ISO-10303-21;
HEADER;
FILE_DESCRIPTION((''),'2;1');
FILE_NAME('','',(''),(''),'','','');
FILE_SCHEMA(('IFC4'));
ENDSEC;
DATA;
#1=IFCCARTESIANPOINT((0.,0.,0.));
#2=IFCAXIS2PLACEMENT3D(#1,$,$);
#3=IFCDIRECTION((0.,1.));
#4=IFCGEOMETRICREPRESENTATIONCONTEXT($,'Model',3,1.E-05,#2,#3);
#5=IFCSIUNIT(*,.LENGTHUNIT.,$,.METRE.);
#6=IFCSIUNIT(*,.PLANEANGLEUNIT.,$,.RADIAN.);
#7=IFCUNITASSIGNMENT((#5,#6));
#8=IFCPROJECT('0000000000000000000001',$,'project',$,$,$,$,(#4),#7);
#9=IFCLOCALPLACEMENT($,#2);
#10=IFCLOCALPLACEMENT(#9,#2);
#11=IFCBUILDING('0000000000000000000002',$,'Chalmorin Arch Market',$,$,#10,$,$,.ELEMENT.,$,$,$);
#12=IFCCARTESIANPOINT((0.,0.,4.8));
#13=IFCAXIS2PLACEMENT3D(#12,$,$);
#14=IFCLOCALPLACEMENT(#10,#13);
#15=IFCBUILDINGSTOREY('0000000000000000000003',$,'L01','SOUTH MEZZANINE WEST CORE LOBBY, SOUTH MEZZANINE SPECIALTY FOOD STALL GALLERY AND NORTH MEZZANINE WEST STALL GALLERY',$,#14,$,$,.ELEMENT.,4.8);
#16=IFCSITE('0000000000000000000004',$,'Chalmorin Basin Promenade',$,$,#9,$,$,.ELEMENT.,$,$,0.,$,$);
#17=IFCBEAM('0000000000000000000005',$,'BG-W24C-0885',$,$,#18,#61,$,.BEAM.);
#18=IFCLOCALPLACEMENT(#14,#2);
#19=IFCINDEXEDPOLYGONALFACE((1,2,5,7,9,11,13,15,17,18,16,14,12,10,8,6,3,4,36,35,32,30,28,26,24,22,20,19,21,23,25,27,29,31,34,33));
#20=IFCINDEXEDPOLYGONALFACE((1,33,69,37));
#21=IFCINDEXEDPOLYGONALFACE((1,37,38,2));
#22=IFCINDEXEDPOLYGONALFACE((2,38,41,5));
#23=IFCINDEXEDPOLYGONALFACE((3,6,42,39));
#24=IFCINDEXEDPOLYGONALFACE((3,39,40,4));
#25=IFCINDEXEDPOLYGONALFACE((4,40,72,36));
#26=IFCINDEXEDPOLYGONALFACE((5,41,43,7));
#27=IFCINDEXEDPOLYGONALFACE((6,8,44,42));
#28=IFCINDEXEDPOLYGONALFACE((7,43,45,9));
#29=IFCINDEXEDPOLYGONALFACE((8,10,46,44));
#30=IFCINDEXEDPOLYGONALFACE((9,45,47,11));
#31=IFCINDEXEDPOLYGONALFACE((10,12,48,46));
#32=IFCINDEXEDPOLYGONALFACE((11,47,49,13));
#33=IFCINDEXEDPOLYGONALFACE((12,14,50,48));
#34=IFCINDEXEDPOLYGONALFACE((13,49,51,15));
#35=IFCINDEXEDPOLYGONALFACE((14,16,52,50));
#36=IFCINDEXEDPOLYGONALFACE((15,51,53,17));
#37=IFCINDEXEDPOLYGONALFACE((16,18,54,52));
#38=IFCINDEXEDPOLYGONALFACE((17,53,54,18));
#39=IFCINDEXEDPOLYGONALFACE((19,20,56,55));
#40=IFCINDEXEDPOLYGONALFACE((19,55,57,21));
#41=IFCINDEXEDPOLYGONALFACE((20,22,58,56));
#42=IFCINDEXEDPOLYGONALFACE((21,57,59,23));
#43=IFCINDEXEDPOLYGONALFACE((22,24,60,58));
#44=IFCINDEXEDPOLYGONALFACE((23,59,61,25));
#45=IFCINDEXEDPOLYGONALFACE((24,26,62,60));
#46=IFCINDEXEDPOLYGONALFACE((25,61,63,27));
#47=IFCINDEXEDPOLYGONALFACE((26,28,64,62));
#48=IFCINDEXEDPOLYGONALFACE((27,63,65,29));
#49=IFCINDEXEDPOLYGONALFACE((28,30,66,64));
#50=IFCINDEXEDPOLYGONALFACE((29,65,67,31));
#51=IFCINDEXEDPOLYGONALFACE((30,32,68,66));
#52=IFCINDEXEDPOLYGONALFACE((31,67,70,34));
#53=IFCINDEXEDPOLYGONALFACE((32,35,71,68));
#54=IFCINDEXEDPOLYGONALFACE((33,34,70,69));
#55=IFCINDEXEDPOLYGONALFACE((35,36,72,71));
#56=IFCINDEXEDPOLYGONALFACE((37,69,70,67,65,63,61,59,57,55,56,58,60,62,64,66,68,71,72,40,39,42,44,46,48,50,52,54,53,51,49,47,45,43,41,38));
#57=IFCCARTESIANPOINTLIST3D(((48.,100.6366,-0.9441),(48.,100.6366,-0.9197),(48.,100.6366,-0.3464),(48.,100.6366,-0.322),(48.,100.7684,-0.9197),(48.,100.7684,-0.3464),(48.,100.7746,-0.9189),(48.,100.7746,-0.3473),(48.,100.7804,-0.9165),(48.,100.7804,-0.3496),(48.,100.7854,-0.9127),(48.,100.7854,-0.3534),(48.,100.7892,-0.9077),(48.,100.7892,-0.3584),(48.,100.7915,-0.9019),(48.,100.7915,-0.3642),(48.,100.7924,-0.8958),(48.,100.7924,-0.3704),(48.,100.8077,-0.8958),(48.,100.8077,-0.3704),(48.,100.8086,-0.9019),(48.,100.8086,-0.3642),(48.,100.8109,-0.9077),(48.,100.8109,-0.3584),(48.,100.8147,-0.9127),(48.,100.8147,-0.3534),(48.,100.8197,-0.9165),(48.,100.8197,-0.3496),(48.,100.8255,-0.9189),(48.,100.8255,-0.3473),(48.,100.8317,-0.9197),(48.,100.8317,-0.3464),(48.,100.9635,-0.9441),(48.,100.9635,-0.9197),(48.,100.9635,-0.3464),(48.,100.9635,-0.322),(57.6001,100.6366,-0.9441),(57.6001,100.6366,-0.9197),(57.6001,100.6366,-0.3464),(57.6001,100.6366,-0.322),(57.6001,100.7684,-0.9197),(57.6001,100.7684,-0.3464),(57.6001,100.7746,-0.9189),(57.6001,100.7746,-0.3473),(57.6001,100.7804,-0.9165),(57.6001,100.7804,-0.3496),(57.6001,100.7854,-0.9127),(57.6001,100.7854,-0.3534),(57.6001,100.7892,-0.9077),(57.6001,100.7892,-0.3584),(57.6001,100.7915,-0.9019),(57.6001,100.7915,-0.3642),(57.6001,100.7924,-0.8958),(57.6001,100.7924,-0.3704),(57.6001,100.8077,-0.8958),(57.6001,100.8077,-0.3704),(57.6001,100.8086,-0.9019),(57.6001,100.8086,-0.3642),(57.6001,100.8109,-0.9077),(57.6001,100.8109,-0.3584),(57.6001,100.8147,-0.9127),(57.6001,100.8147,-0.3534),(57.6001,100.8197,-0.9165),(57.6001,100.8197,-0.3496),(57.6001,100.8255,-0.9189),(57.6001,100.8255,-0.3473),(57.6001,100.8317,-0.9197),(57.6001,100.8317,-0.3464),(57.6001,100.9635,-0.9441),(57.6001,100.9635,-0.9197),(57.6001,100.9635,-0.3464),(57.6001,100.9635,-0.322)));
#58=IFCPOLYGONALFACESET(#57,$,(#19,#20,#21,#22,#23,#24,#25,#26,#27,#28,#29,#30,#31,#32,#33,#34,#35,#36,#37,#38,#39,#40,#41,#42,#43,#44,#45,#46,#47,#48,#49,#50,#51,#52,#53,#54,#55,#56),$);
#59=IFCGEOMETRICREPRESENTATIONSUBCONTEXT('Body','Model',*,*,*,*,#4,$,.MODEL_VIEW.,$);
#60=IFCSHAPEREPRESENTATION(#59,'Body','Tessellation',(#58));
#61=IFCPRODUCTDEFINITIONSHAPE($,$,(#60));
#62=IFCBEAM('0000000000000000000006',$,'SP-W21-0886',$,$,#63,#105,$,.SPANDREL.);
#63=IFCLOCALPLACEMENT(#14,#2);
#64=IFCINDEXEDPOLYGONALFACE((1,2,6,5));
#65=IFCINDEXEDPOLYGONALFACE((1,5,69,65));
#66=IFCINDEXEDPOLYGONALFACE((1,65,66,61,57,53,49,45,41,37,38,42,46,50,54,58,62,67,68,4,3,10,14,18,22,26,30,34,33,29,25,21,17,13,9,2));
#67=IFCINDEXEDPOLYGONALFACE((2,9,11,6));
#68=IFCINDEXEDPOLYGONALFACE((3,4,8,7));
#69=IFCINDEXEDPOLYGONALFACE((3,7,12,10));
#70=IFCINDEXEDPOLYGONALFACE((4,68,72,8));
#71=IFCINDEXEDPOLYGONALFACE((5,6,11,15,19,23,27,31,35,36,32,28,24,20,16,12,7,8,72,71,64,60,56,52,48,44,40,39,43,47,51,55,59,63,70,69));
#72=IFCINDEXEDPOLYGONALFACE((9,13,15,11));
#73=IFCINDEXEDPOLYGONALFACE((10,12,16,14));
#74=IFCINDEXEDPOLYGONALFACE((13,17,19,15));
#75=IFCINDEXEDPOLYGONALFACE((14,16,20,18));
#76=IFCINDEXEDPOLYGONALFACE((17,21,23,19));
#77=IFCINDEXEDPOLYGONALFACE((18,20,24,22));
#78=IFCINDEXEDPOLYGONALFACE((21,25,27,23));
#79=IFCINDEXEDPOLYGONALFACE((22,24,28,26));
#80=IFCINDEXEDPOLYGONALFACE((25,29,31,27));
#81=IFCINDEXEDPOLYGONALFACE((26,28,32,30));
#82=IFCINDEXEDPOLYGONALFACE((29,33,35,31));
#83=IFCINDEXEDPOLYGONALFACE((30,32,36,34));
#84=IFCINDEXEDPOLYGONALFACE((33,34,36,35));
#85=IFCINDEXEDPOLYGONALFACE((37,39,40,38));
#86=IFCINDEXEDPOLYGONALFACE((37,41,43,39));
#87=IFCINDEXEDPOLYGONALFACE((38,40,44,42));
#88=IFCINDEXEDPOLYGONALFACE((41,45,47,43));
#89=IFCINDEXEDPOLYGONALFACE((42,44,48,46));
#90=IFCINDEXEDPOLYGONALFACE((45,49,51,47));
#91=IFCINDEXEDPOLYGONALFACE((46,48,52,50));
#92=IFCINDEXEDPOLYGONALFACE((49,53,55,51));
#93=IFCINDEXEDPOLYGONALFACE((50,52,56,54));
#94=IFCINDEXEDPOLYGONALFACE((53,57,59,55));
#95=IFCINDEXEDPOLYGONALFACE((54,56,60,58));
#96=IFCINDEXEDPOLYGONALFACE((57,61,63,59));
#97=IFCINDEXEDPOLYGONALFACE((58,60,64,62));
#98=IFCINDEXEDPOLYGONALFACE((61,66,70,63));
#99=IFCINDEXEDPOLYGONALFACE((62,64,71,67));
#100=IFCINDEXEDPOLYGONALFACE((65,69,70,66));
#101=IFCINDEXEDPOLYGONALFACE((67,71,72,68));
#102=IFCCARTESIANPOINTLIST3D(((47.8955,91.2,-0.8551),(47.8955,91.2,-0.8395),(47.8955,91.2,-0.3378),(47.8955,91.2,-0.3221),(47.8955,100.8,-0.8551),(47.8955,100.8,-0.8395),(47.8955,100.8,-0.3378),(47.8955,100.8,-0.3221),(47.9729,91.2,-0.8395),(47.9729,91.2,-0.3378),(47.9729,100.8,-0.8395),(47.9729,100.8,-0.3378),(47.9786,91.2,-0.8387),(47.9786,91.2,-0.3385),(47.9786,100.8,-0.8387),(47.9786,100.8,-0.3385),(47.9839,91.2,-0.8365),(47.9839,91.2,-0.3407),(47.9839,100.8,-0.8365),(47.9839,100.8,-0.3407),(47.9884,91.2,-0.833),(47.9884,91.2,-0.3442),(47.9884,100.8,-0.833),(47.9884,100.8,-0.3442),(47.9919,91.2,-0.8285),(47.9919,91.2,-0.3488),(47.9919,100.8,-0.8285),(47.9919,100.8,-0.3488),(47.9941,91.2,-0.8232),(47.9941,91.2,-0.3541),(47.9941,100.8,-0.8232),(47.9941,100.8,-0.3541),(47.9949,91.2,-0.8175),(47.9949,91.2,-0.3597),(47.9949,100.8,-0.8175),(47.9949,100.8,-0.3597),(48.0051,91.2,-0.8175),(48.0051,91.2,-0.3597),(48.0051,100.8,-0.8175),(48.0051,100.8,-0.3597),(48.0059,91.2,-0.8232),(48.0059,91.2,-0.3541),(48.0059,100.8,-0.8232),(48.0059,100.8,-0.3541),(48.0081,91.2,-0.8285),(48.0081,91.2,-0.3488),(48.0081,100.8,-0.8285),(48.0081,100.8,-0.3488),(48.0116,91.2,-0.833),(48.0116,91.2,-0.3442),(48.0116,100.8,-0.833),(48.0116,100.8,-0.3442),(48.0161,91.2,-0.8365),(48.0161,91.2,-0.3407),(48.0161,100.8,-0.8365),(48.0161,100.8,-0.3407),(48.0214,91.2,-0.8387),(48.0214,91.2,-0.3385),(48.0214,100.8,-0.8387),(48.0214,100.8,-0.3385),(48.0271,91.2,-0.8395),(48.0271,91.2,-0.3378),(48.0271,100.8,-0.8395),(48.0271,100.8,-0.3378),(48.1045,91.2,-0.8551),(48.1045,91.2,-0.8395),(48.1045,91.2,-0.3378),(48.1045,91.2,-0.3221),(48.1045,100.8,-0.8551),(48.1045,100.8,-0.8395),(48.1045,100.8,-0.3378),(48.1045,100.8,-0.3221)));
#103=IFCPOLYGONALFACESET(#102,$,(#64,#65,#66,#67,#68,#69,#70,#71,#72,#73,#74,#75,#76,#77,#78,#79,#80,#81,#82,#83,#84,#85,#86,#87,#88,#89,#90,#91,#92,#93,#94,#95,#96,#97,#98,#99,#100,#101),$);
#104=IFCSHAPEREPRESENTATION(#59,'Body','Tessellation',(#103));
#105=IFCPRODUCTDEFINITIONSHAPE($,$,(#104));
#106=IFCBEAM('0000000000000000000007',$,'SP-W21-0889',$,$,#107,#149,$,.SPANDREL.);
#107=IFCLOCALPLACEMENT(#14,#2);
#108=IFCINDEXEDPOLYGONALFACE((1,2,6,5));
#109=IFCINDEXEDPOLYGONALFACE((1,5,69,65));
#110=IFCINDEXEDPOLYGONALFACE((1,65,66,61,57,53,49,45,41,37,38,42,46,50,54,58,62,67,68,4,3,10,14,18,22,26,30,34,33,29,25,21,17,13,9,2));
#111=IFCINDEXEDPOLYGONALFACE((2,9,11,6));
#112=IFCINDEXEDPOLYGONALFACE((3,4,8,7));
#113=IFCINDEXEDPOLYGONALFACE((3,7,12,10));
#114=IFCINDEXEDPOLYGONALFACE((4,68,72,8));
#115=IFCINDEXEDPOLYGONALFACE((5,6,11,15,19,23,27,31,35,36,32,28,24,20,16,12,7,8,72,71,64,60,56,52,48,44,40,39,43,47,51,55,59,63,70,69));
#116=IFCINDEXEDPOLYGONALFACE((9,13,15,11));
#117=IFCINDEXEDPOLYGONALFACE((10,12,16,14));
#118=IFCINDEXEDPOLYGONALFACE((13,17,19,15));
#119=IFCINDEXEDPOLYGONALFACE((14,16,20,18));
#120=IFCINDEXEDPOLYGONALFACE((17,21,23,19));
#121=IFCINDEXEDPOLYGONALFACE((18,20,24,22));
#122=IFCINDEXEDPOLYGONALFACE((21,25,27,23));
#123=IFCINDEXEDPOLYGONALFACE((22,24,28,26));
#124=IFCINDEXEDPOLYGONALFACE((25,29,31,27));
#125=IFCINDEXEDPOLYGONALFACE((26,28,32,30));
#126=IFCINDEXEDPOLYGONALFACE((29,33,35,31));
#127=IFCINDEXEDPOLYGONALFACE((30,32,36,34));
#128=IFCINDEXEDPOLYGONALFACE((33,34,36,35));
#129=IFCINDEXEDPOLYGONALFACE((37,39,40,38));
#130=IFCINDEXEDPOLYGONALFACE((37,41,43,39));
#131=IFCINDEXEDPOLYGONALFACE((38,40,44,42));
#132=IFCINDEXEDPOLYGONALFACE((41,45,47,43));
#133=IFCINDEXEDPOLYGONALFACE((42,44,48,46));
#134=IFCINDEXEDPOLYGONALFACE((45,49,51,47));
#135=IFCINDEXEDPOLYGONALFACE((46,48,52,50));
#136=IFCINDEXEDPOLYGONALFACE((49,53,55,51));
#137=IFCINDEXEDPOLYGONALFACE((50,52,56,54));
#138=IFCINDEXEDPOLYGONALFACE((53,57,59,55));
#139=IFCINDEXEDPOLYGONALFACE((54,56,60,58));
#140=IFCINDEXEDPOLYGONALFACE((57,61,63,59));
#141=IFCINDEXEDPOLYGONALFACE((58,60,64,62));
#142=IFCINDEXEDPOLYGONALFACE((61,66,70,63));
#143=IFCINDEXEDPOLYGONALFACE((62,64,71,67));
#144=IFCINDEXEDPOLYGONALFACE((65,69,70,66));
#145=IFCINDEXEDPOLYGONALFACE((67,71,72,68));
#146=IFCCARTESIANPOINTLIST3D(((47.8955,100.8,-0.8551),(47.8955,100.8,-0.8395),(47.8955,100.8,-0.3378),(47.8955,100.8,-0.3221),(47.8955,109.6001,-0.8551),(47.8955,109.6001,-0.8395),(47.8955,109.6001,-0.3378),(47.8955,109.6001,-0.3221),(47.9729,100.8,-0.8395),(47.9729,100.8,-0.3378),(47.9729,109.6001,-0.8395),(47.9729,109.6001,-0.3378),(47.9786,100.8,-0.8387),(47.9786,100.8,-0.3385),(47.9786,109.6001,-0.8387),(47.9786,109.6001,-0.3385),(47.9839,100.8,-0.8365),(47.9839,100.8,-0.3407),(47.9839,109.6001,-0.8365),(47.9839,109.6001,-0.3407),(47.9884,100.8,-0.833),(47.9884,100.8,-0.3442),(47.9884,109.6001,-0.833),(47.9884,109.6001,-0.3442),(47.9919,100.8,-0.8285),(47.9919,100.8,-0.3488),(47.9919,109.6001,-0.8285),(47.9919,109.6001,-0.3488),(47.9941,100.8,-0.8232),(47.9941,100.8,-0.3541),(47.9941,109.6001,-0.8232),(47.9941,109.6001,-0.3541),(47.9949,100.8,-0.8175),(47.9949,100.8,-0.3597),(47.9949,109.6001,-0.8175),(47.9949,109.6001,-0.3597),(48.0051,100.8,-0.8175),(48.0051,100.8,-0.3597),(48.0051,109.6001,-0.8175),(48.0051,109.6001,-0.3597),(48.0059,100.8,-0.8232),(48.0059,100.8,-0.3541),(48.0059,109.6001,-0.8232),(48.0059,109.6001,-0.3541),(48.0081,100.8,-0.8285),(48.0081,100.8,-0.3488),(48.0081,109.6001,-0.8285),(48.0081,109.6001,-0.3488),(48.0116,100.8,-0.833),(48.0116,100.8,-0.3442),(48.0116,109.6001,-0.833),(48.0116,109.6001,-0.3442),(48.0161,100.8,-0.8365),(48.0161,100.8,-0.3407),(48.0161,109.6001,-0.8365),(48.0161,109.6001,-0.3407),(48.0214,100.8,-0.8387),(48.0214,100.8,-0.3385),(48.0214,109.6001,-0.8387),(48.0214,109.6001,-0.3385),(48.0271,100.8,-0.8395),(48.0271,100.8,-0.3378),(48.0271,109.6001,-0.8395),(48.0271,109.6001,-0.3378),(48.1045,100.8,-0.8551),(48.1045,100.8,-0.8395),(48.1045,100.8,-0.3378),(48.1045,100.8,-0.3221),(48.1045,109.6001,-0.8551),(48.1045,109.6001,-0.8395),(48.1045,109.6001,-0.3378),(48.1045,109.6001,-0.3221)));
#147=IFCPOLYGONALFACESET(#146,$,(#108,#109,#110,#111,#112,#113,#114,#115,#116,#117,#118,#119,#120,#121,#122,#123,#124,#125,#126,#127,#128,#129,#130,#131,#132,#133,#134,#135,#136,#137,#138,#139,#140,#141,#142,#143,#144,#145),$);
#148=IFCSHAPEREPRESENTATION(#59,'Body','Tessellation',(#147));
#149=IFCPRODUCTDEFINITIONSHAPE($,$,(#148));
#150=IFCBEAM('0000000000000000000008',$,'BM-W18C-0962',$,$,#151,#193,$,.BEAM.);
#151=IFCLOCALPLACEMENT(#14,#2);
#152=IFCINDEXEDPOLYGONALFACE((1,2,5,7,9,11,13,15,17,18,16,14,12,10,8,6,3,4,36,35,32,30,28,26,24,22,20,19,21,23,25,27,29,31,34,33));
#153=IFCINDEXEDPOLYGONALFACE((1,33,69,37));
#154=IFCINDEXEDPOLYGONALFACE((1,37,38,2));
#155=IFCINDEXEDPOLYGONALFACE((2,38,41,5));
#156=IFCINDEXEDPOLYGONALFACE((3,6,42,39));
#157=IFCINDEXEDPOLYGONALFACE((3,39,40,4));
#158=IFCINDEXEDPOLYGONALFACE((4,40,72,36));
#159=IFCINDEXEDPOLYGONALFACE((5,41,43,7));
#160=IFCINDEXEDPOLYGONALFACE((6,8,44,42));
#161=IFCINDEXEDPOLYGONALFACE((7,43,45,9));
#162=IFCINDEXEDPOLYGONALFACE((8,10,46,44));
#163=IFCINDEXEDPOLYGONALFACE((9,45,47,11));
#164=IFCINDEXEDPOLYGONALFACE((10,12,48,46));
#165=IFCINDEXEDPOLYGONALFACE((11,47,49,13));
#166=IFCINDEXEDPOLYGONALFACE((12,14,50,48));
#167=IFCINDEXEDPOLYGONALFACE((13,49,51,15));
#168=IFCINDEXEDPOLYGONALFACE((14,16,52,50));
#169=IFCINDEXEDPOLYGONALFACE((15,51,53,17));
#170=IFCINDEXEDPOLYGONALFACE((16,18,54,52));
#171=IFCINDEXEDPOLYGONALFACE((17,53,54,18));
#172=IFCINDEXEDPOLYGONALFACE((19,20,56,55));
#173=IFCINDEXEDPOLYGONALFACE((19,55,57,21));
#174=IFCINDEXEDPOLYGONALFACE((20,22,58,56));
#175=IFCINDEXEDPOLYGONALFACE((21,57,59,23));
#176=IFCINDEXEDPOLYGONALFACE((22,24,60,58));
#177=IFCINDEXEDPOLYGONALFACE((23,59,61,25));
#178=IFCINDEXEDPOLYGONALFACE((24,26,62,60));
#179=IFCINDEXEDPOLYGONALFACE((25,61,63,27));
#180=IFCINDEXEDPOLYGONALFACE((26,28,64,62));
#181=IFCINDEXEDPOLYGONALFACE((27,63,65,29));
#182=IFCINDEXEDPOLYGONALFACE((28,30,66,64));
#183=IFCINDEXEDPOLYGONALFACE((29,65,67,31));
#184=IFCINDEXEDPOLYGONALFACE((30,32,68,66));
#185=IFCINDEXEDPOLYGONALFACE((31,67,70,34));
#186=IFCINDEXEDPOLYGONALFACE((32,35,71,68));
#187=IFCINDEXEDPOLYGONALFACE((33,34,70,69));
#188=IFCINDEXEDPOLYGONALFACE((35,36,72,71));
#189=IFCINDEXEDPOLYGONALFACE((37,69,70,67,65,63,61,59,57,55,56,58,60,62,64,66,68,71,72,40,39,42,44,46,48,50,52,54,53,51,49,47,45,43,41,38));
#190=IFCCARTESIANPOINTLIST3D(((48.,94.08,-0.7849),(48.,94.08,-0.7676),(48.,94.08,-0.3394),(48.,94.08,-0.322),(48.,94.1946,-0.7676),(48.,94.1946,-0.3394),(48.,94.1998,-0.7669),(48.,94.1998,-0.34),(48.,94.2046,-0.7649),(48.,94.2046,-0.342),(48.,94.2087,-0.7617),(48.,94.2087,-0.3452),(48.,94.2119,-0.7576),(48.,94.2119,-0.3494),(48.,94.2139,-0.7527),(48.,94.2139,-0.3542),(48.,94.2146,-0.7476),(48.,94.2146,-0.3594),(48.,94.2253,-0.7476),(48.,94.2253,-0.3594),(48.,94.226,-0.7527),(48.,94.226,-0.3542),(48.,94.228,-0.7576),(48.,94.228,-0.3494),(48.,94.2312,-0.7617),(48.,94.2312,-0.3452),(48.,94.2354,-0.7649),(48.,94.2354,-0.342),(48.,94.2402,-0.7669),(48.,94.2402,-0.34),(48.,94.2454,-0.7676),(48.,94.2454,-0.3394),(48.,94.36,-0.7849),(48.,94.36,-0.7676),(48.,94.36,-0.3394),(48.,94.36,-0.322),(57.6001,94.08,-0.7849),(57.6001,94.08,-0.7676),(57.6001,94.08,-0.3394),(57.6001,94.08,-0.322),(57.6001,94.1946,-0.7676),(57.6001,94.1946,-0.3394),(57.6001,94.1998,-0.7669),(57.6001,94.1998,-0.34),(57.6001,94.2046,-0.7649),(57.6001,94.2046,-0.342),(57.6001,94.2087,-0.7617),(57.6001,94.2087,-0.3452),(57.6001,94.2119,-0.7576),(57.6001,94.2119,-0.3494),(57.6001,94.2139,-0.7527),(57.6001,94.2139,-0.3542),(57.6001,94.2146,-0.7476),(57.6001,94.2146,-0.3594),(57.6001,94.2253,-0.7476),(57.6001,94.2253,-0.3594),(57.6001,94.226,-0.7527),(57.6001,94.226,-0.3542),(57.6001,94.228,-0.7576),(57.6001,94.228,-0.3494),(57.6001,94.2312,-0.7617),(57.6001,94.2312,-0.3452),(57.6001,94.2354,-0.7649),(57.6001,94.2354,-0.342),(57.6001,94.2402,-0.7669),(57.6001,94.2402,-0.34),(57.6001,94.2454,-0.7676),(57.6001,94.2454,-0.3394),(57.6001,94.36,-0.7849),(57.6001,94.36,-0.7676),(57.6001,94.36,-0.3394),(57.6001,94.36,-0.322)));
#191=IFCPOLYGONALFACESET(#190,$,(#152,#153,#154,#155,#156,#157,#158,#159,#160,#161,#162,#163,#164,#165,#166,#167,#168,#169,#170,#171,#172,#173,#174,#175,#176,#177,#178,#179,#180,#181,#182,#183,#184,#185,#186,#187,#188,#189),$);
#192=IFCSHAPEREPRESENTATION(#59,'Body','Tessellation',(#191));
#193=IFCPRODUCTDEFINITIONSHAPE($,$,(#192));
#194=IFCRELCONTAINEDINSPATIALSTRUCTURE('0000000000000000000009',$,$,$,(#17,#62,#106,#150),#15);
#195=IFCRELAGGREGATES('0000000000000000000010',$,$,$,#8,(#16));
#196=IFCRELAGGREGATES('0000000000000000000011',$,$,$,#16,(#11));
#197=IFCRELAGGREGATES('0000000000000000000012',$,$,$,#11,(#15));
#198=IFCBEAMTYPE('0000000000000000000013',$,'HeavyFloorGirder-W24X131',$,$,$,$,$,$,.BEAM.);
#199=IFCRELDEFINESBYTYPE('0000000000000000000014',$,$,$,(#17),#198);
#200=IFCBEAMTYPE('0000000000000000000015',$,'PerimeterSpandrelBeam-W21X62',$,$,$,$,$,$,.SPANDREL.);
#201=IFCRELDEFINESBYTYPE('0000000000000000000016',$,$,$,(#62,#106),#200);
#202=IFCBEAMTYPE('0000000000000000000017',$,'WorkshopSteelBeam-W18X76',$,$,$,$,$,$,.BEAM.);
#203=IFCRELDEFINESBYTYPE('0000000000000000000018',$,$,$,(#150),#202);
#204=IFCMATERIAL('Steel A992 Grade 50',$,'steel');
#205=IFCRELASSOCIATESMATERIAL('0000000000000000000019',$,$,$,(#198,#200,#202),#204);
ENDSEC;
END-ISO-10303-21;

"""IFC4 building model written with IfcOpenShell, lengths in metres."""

from ifc_helpers import new_model, si_unit, direction, frame, origin, origin_2d, place, context, subcontext, project, spatial, i_section, extrude, material, material_profile, profile_set, type_object, element, save


model = new_model("IFC4")

# Units and contexts
model_context = context("Model", 3, precision=1e-05, world=origin(), true_north=direction((0.0, 1.0)))
body_context = subcontext(model_context, "Body", "Model", "MODEL_VIEW")
ifc_project = project(units=[si_unit("LENGTHUNIT", "METRE"), si_unit("PLANEANGLEUNIT", "RADIAN")], contexts=[model_context])

# Site, building, storey
site_placement = place(None, origin())
site = spatial("IfcSite", under=ifc_project, at=site_placement, Name="Chalmorin Basin Promenade", CompositionType="ELEMENT", RefElevation=0.0)
building_placement = place(site_placement, origin())
building = spatial("IfcBuilding", under=site, at=building_placement, Name="Chalmorin Arch Market", CompositionType="ELEMENT")
storey_placement = place(building_placement, frame((0.0, 0.0, 4.8)))
storey = spatial("IfcBuildingStorey", under=building, at=storey_placement, Name="L01", Description="SOUTH MEZZANINE WEST CORE LOBBY, SOUTH MEZZANINE SPECIALTY FOOD STALL GALLERY AND NORTH MEZZANINE WEST STALL GALLERY", CompositionType="ELEMENT", Elevation=4.8)

# Beams
ifc_material_1 = material(Name="Steel A992 Grade 50", Category="steel")
ifc_material_profile_1 = material_profile(ifc_material_1, i_section(OverallWidth=0.3269, OverallDepth=0.6221, WebThickness=0.0154, FlangeThickness=0.0244, FilletRadius=0.0239, at=origin_2d()), Name="W24X131")
ifc_profile_set_1 = profile_set([ifc_material_profile_1], Name="Steel A992 Grade 50")
beam_type_1 = type_object("IfcBeamType", Name="HeavyFloorGirder-W24X131", PredefinedType="BEAM", material=ifc_profile_set_1)
for number, where, z_axis, x_axis, name in (
    (1, (48.0, 100.8, -0.6331), (1.0, 0.0, 0.0), (0.0, 1.0, 0.0), "BG-W24C-0885"),
):
    element("IfcBeam", number, at=place(storey_placement, frame(where, z_axis=z_axis, x_axis=x_axis)), inside=storey, type_object=beam_type_1, Name=name, PredefinedType="BEAM", context=body_context, shape_type="SweptSolid", body=[
        extrude(i_section(OverallWidth=0.3269, OverallDepth=0.6221, WebThickness=0.0154, FlangeThickness=0.0244, FilletRadius=0.0239, at=origin_2d()), origin(), (0.0, 0.0, 1.0), 9.6001),
    ])
ifc_material_profile_2 = material_profile(ifc_material_1, i_section(OverallWidth=0.209, OverallDepth=0.533, WebThickness=0.0103, FlangeThickness=0.0156, FilletRadius=0.022, at=origin_2d()), Name="W21X62")
ifc_profile_set_2 = profile_set([ifc_material_profile_2], Name="Steel A992 Grade 50")
beam_type_2 = type_object("IfcBeamType", Name="PerimeterSpandrelBeam-W21X62", PredefinedType="SPANDREL", material=ifc_profile_set_2)
beam_1_placement = place(storey_placement, frame((48.0, 91.2, -0.5886), z_axis=(0.0, 1.0, 0.0), x_axis=(-1.0, 0.0, 0.0)))
element("IfcBeam", 2, at=beam_1_placement, inside=storey, type_object=beam_type_2, Name="SP-W21-0886", PredefinedType="SPANDREL", context=body_context, shape_type="SweptSolid", body=[
    extrude(i_section(OverallWidth=0.209, OverallDepth=0.533, WebThickness=0.0103, FlangeThickness=0.0156, FilletRadius=0.022, at=origin_2d()), origin(), (0.0, 0.0, 1.0), 9.6001),
])
beam_2_placement = place(storey_placement, frame((48.0, 100.8, -0.5886), z_axis=(0.0, 1.0, 0.0), x_axis=(-1.0, 0.0, 0.0)))
element("IfcBeam", 3, at=beam_2_placement, inside=storey, type_object=beam_type_2, Name="SP-W21-0889", PredefinedType="SPANDREL", context=body_context, shape_type="SweptSolid", body=[
    extrude(i_section(OverallWidth=0.209, OverallDepth=0.533, WebThickness=0.0103, FlangeThickness=0.0156, FilletRadius=0.022, at=origin_2d()), origin(), (0.0, 0.0, 1.0), 8.8),
])
ifc_material_profile_3 = material_profile(ifc_material_1, i_section(OverallWidth=0.28, OverallDepth=0.4629, WebThickness=0.0107, FlangeThickness=0.0173, FilletRadius=0.02, at=origin_2d()), Name="W18X76")
ifc_profile_set_3 = profile_set([ifc_material_profile_3], Name="Steel A992 Grade 50")
beam_type_3 = type_object("IfcBeamType", Name="WorkshopSteelBeam-W18X76", PredefinedType="BEAM", material=ifc_profile_set_3)
for number, where, z_axis, x_axis, name in (
    (4, (48.0, 94.22, -0.5535), (1.0, 0.0, 0.0), (0.0, 1.0, 0.0), "BM-W18C-0962"),
):
    element("IfcBeam", number, at=place(storey_placement, frame(where, z_axis=z_axis, x_axis=x_axis)), inside=storey, type_object=beam_type_3, Name=name, PredefinedType="BEAM", context=body_context, shape_type="SweptSolid", body=[
        extrude(i_section(OverallWidth=0.28, OverallDepth=0.4629, WebThickness=0.0107, FlangeThickness=0.0173, FilletRadius=0.02, at=origin_2d()), origin(), (0.0, 0.0, 1.0), 9.6001),
    ])

save(model, "model.ifc")
